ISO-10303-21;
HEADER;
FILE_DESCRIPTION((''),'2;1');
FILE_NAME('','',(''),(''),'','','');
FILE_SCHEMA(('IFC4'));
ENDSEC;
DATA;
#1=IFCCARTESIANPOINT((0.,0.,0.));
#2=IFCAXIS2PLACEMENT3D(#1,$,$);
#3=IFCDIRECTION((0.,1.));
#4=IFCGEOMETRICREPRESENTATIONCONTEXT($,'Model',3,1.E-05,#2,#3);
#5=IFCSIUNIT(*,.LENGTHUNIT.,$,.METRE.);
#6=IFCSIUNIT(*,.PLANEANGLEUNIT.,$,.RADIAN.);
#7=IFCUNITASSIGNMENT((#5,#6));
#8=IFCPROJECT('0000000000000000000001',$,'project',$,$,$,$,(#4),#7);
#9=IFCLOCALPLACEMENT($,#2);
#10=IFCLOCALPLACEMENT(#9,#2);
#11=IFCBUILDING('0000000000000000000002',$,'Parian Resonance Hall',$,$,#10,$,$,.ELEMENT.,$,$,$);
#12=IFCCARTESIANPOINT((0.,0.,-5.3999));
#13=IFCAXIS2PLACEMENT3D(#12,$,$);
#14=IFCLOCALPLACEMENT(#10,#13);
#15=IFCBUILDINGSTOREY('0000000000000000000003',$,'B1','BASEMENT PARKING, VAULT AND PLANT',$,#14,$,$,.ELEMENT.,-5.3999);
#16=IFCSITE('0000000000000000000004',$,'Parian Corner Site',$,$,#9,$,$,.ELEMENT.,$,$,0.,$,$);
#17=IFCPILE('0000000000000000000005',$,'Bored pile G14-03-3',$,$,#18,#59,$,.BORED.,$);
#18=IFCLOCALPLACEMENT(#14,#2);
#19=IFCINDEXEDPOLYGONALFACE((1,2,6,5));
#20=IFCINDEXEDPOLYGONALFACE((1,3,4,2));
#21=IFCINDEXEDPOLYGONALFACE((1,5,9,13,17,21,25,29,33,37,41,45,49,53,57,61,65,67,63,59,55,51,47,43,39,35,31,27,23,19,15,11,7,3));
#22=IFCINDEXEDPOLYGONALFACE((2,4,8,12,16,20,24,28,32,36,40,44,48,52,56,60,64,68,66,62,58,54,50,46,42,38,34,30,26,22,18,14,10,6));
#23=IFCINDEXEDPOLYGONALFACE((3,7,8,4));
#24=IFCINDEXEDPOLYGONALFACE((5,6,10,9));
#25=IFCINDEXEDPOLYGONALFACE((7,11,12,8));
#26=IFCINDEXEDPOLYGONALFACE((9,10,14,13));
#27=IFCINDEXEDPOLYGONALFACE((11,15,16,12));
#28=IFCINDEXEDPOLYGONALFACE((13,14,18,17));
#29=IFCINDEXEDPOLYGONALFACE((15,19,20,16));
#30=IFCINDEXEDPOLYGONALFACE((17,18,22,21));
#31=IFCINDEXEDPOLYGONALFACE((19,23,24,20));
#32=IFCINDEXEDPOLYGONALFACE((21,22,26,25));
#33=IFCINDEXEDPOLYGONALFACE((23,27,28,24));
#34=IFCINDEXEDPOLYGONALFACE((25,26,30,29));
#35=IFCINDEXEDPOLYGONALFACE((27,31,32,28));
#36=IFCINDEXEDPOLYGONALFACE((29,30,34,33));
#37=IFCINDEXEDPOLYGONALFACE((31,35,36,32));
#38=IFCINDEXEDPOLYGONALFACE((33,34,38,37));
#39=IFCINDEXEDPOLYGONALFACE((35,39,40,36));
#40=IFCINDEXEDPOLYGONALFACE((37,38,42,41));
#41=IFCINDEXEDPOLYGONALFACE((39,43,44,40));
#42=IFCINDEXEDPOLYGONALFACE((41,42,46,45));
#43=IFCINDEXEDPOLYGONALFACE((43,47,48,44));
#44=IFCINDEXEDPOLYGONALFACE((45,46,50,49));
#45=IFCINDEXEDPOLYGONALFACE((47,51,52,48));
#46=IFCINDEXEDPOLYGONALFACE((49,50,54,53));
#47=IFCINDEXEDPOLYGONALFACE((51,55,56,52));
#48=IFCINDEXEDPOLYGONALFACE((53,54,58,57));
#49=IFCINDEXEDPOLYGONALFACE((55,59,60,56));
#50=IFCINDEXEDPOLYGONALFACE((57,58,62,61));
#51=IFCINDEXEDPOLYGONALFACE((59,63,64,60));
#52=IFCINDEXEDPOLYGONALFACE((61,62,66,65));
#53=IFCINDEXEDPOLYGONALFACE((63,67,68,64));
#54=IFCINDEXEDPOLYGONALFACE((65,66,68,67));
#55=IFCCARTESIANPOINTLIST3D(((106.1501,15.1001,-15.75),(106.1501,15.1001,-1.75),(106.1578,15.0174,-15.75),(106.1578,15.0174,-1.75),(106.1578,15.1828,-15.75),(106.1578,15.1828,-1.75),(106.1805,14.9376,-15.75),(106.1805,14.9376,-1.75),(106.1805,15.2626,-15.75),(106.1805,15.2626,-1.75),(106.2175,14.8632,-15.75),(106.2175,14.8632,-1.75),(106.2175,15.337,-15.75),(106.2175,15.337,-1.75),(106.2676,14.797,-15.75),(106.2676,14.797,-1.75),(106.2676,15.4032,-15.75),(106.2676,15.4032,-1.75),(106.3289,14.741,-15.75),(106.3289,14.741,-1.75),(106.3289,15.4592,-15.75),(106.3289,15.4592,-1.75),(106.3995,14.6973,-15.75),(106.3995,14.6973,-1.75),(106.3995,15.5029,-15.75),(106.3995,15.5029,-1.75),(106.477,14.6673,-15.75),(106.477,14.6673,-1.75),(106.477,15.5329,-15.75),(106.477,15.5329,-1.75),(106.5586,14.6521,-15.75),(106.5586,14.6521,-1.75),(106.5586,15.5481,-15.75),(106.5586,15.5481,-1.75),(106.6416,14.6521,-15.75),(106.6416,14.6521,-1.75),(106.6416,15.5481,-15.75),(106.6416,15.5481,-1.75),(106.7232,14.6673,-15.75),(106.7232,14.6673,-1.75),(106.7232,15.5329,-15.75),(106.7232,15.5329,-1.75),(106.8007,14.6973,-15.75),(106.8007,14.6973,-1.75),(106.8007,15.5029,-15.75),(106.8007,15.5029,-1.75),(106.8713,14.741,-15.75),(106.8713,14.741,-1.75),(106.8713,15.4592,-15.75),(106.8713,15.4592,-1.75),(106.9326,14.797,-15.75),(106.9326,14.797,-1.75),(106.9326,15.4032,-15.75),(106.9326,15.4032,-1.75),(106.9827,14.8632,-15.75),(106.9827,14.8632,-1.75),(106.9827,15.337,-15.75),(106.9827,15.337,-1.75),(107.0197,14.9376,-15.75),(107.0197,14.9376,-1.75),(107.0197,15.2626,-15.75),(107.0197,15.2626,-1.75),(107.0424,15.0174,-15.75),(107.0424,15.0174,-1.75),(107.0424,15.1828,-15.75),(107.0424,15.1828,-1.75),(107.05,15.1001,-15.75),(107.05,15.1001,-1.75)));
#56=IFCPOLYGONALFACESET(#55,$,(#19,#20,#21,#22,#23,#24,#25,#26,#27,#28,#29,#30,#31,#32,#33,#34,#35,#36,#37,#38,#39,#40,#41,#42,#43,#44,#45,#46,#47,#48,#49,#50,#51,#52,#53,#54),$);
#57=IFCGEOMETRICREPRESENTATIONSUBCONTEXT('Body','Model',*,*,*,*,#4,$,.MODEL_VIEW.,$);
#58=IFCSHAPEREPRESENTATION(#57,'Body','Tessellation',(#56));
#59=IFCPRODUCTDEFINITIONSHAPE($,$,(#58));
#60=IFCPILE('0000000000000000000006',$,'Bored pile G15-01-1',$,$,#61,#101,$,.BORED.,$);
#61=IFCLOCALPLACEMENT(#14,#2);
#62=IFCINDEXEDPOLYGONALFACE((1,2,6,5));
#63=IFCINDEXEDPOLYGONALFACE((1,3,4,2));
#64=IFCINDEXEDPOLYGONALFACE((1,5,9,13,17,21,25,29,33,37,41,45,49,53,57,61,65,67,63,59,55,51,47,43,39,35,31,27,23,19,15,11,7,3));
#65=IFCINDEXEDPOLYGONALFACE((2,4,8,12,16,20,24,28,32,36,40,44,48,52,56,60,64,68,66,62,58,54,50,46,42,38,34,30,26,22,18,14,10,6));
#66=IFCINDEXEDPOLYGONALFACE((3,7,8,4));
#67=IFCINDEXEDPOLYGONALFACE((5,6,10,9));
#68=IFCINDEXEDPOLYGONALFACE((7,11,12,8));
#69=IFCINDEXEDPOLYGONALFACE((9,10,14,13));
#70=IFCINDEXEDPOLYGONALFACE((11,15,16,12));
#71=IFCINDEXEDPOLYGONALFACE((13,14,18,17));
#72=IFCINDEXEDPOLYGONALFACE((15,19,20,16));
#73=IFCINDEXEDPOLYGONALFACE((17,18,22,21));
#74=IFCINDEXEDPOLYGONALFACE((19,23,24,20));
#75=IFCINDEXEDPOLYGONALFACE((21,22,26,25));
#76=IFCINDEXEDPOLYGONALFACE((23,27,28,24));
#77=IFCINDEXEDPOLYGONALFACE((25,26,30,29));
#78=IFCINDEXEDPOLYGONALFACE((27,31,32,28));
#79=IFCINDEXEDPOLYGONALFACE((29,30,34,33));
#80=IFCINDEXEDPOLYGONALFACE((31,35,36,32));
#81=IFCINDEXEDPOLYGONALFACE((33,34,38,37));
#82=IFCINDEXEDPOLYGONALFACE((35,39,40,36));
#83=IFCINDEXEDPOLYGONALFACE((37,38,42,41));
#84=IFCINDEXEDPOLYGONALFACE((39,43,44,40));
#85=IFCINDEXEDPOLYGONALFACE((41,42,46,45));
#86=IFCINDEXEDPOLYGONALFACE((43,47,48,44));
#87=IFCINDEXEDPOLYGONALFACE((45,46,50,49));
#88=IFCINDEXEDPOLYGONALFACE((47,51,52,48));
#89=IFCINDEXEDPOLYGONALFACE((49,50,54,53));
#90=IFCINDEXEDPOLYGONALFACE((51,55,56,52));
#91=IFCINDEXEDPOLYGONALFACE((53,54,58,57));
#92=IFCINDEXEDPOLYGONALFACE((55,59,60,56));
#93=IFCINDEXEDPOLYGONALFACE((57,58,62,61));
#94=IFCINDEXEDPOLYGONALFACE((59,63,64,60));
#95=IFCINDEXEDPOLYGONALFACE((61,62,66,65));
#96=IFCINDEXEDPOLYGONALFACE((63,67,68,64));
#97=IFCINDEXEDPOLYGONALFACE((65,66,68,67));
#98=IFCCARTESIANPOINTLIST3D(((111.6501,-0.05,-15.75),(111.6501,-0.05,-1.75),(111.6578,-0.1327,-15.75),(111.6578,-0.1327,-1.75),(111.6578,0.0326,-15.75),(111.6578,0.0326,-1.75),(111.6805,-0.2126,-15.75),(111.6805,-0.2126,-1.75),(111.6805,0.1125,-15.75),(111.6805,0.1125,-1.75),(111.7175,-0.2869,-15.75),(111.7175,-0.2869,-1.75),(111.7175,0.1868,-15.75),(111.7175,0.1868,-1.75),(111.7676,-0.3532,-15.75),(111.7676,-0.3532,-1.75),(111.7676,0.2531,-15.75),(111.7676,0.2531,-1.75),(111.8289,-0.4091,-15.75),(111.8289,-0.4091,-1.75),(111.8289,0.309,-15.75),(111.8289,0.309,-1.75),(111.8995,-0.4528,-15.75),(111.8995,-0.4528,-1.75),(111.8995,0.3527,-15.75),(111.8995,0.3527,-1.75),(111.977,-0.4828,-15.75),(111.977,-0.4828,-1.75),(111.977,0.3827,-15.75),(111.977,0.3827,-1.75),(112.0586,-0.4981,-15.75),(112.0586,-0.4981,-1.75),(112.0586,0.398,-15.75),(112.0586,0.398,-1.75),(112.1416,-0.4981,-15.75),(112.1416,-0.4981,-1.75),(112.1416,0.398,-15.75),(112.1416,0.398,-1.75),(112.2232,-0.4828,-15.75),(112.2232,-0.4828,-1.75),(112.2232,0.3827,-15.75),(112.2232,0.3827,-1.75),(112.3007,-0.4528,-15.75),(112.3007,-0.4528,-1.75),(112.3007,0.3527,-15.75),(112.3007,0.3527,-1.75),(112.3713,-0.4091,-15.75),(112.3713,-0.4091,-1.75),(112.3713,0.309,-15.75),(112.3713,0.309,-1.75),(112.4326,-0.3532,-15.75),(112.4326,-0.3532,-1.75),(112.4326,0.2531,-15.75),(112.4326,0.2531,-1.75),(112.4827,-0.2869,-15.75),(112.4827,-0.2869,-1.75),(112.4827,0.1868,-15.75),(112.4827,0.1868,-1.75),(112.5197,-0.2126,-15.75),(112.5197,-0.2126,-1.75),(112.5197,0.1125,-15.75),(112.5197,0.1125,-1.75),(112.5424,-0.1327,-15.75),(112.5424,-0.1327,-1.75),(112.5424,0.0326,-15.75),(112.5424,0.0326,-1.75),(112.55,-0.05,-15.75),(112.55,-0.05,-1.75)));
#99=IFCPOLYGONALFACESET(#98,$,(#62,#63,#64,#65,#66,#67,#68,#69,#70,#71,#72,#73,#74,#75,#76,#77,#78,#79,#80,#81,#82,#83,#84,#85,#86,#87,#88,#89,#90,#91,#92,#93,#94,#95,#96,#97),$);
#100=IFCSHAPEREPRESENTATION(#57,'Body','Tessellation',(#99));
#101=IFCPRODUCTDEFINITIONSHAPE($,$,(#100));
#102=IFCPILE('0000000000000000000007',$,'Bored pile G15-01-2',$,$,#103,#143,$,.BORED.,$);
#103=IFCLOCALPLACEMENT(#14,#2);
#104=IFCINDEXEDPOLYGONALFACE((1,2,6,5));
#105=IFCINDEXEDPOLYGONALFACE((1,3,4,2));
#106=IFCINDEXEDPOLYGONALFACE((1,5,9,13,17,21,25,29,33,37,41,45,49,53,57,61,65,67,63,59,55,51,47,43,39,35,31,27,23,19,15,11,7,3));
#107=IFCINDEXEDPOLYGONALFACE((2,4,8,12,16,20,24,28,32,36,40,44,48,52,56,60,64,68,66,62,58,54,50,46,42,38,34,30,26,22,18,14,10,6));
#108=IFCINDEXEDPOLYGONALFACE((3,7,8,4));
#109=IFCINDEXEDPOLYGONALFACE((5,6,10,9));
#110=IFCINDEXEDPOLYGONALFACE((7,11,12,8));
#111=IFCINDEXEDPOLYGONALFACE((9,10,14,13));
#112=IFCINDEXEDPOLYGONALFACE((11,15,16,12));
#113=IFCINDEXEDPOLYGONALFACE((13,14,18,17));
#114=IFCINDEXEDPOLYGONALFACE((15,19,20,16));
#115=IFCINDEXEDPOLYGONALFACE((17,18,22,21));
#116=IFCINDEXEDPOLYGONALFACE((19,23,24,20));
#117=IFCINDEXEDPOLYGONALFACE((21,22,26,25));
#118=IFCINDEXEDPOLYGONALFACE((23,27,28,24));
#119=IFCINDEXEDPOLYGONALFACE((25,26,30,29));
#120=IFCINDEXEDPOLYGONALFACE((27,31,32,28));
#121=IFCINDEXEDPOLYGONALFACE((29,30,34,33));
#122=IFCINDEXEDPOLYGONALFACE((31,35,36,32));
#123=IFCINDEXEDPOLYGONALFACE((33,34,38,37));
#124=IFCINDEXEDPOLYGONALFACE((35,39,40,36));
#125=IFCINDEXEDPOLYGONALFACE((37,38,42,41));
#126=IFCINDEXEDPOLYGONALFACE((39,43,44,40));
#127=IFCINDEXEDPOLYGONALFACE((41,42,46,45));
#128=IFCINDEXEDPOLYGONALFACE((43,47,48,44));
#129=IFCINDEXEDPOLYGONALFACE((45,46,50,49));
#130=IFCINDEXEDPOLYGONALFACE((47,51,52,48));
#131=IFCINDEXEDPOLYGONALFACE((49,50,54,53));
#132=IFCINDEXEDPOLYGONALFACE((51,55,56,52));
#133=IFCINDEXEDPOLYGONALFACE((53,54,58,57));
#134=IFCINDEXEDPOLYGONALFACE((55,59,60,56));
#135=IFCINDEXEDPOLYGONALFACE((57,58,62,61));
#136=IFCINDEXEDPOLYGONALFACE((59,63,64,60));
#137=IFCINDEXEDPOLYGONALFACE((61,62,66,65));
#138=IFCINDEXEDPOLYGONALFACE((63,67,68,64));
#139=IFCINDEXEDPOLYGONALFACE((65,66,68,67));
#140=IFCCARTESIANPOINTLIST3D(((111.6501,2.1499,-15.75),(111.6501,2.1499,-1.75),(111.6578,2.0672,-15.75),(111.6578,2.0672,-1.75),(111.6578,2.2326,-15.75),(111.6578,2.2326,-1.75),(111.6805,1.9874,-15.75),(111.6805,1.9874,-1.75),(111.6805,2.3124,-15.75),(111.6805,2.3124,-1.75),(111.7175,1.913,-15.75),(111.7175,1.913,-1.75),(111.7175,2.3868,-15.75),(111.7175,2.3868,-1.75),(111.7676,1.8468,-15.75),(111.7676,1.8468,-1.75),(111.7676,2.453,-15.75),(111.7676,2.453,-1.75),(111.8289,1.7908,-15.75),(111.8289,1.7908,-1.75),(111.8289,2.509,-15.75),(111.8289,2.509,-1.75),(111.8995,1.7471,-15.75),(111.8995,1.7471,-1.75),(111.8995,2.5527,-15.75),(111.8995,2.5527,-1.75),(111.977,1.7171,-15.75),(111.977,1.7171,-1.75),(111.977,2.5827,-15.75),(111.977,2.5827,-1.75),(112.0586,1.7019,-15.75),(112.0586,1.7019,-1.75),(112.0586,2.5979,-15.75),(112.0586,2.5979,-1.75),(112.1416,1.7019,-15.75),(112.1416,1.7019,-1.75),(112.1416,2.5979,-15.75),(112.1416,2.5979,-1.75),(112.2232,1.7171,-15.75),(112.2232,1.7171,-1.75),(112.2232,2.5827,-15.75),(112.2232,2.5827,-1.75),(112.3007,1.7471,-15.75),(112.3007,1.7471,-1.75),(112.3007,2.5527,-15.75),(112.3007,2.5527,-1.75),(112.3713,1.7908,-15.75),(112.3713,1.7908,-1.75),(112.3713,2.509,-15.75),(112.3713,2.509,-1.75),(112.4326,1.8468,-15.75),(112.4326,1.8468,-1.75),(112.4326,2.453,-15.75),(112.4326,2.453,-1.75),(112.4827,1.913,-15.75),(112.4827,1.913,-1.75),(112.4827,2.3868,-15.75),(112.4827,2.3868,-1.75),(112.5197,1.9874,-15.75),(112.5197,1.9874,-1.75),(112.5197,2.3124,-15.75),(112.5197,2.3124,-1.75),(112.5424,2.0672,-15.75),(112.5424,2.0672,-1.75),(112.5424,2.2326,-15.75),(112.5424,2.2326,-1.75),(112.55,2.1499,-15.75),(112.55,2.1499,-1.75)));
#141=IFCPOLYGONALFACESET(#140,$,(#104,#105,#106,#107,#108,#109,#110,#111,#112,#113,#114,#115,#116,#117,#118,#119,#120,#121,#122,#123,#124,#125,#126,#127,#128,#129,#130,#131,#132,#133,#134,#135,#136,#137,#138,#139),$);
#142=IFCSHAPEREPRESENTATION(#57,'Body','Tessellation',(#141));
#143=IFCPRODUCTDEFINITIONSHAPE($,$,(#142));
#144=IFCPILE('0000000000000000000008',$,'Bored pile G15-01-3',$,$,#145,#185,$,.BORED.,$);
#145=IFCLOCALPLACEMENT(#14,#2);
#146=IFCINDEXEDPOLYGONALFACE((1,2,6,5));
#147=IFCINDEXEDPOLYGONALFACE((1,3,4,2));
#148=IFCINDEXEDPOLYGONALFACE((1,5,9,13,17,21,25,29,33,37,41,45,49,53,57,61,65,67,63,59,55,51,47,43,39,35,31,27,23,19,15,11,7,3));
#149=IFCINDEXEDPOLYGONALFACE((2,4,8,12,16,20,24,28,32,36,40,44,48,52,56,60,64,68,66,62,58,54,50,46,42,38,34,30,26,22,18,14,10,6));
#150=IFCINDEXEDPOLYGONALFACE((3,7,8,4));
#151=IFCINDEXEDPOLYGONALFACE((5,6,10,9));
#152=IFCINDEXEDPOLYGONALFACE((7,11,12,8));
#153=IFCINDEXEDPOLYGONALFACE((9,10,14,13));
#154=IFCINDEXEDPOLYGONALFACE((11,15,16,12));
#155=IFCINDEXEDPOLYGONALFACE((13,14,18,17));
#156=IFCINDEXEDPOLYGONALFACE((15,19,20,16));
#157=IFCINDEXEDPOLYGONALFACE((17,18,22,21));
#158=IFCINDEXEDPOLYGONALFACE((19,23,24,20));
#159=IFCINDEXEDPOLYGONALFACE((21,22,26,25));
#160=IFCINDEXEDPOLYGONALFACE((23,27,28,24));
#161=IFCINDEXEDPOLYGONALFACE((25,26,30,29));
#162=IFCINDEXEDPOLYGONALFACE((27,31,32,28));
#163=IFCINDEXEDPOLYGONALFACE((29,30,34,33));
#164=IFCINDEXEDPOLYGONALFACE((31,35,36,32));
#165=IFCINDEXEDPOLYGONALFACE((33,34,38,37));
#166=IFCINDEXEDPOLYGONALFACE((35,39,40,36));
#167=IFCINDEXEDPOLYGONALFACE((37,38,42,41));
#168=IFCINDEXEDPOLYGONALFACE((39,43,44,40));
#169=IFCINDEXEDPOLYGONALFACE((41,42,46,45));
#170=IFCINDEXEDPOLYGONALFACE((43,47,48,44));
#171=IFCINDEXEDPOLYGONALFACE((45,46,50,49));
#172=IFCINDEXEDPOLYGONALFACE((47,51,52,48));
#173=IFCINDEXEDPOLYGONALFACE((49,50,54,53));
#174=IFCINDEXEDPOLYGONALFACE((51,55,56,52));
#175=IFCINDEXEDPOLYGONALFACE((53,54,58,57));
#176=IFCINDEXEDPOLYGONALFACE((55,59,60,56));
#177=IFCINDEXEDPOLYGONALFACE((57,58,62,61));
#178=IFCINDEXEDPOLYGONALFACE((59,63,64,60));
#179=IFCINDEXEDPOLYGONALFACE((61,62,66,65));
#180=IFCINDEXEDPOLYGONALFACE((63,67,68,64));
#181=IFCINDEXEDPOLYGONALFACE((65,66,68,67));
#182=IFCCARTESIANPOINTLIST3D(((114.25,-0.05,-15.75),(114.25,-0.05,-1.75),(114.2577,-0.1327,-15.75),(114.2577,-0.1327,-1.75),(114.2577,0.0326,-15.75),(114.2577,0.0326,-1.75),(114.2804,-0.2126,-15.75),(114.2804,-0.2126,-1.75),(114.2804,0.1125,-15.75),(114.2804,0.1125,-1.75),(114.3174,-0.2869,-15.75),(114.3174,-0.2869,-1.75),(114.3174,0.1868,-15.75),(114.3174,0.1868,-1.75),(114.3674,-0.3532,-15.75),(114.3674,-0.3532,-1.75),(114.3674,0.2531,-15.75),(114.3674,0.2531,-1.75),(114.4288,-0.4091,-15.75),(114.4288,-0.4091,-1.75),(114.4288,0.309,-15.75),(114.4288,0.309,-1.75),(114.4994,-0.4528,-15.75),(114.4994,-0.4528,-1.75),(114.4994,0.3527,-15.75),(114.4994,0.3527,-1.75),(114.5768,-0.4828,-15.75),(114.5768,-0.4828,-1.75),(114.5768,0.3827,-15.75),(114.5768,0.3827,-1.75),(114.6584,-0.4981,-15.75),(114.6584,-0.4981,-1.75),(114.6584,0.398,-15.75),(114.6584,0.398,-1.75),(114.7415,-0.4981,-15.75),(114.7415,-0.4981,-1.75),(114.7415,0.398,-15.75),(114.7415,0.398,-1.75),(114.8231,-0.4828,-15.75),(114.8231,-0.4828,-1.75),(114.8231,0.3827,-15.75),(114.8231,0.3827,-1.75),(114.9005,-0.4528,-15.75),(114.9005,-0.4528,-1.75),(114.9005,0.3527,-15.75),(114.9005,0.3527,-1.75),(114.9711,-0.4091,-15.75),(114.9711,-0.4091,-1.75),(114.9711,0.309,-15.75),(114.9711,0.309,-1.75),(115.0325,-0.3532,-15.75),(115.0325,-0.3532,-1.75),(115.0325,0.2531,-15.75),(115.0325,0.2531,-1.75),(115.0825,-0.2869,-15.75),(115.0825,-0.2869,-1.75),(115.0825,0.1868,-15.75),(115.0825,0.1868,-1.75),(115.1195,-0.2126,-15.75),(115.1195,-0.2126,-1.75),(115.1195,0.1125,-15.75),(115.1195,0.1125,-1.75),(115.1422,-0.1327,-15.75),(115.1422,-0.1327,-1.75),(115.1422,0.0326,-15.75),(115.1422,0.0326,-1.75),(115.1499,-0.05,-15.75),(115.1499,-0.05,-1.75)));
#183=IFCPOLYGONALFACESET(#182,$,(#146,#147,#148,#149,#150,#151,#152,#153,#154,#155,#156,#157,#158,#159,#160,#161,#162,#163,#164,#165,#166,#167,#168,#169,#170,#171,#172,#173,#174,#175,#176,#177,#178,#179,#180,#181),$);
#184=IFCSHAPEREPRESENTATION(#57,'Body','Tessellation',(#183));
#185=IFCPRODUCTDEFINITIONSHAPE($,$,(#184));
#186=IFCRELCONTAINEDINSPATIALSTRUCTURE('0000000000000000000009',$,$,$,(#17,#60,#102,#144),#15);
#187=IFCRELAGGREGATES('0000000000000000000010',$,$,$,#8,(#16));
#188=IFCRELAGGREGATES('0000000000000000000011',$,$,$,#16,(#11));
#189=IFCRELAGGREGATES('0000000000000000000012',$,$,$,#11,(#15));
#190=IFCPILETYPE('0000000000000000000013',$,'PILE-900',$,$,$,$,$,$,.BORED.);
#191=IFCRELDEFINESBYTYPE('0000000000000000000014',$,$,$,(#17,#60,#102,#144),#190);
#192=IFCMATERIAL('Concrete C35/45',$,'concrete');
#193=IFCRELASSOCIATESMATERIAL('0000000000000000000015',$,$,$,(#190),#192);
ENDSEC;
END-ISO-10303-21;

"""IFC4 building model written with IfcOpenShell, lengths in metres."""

from ifc_helpers import new_model, si_unit, direction, frame, origin, origin_2d, place, context, subcontext, project, spatial, circle, extrude, material, material_profile, profile_set, type_object, element, save


model = new_model("IFC4")

# Units and contexts
model_context = context("Model", 3, precision=1e-05, world=origin(), true_north=direction((0.0, 1.0)))
body_context = subcontext(model_context, "Body", "Model", "MODEL_VIEW")
ifc_project = project(units=[si_unit("LENGTHUNIT", "METRE"), si_unit("PLANEANGLEUNIT", "RADIAN")], contexts=[model_context])

# Site, building, storey
site_placement = place(None, origin())
site = spatial("IfcSite", under=ifc_project, at=site_placement, Name="Parian Corner Site", CompositionType="ELEMENT", RefElevation=0.0)
building_placement = place(site_placement, origin())
building = spatial("IfcBuilding", under=site, at=building_placement, Name="Parian Resonance Hall", CompositionType="ELEMENT")
storey_placement = place(building_placement, frame((0.0, 0.0, -5.3999)))
storey = spatial("IfcBuildingStorey", under=building, at=storey_placement, Name="B1", Description="BASEMENT PARKING, VAULT AND PLANT", CompositionType="ELEMENT", Elevation=-5.3999)

# Piles
ifc_material_1 = material(Name="Concrete C35/45", Category="concrete")
ifc_material_profile_1 = material_profile(ifc_material_1, circle(Radius=0.45, at=origin_2d()), Name="PILE-D900")
ifc_profile_set_1 = profile_set([ifc_material_profile_1], Name="Concrete C35/45")
pile_type_1 = type_object("IfcPileType", Name="PILE-900", PredefinedType="BORED", material=ifc_profile_set_1)
for number, where, z_axis, x_axis, name in (
    (1, (106.6001, 15.1001, -1.75), (0.0, 0.0, -1.0), (1.0, 0.0, 0.0), "Bored pile G14-03-3"),
    (2, (112.1001, -0.05, -1.75), (0.0, 0.0, -1.0), (1.0, 0.0, 0.0), "Bored pile G15-01-1"),
    (3, (112.1001, 2.1499, -1.75), (0.0, 0.0, -1.0), (1.0, 0.0, 0.0), "Bored pile G15-01-2"),
    (4, (114.7, -0.05, -1.75), (0.0, 0.0, -1.0), (1.0, 0.0, 0.0), "Bored pile G15-01-3"),
):
    element("IfcPile", number, at=place(storey_placement, frame(where, z_axis=z_axis, x_axis=x_axis)), inside=storey, type_object=pile_type_1, Name=name, PredefinedType="BORED", context=body_context, shape_type="SweptSolid", body=[
        extrude(circle(Radius=0.45, at=origin_2d()), origin(), (0.0, 0.0, 1.0), 14.0),
    ])

save(model, "model.ifc")
